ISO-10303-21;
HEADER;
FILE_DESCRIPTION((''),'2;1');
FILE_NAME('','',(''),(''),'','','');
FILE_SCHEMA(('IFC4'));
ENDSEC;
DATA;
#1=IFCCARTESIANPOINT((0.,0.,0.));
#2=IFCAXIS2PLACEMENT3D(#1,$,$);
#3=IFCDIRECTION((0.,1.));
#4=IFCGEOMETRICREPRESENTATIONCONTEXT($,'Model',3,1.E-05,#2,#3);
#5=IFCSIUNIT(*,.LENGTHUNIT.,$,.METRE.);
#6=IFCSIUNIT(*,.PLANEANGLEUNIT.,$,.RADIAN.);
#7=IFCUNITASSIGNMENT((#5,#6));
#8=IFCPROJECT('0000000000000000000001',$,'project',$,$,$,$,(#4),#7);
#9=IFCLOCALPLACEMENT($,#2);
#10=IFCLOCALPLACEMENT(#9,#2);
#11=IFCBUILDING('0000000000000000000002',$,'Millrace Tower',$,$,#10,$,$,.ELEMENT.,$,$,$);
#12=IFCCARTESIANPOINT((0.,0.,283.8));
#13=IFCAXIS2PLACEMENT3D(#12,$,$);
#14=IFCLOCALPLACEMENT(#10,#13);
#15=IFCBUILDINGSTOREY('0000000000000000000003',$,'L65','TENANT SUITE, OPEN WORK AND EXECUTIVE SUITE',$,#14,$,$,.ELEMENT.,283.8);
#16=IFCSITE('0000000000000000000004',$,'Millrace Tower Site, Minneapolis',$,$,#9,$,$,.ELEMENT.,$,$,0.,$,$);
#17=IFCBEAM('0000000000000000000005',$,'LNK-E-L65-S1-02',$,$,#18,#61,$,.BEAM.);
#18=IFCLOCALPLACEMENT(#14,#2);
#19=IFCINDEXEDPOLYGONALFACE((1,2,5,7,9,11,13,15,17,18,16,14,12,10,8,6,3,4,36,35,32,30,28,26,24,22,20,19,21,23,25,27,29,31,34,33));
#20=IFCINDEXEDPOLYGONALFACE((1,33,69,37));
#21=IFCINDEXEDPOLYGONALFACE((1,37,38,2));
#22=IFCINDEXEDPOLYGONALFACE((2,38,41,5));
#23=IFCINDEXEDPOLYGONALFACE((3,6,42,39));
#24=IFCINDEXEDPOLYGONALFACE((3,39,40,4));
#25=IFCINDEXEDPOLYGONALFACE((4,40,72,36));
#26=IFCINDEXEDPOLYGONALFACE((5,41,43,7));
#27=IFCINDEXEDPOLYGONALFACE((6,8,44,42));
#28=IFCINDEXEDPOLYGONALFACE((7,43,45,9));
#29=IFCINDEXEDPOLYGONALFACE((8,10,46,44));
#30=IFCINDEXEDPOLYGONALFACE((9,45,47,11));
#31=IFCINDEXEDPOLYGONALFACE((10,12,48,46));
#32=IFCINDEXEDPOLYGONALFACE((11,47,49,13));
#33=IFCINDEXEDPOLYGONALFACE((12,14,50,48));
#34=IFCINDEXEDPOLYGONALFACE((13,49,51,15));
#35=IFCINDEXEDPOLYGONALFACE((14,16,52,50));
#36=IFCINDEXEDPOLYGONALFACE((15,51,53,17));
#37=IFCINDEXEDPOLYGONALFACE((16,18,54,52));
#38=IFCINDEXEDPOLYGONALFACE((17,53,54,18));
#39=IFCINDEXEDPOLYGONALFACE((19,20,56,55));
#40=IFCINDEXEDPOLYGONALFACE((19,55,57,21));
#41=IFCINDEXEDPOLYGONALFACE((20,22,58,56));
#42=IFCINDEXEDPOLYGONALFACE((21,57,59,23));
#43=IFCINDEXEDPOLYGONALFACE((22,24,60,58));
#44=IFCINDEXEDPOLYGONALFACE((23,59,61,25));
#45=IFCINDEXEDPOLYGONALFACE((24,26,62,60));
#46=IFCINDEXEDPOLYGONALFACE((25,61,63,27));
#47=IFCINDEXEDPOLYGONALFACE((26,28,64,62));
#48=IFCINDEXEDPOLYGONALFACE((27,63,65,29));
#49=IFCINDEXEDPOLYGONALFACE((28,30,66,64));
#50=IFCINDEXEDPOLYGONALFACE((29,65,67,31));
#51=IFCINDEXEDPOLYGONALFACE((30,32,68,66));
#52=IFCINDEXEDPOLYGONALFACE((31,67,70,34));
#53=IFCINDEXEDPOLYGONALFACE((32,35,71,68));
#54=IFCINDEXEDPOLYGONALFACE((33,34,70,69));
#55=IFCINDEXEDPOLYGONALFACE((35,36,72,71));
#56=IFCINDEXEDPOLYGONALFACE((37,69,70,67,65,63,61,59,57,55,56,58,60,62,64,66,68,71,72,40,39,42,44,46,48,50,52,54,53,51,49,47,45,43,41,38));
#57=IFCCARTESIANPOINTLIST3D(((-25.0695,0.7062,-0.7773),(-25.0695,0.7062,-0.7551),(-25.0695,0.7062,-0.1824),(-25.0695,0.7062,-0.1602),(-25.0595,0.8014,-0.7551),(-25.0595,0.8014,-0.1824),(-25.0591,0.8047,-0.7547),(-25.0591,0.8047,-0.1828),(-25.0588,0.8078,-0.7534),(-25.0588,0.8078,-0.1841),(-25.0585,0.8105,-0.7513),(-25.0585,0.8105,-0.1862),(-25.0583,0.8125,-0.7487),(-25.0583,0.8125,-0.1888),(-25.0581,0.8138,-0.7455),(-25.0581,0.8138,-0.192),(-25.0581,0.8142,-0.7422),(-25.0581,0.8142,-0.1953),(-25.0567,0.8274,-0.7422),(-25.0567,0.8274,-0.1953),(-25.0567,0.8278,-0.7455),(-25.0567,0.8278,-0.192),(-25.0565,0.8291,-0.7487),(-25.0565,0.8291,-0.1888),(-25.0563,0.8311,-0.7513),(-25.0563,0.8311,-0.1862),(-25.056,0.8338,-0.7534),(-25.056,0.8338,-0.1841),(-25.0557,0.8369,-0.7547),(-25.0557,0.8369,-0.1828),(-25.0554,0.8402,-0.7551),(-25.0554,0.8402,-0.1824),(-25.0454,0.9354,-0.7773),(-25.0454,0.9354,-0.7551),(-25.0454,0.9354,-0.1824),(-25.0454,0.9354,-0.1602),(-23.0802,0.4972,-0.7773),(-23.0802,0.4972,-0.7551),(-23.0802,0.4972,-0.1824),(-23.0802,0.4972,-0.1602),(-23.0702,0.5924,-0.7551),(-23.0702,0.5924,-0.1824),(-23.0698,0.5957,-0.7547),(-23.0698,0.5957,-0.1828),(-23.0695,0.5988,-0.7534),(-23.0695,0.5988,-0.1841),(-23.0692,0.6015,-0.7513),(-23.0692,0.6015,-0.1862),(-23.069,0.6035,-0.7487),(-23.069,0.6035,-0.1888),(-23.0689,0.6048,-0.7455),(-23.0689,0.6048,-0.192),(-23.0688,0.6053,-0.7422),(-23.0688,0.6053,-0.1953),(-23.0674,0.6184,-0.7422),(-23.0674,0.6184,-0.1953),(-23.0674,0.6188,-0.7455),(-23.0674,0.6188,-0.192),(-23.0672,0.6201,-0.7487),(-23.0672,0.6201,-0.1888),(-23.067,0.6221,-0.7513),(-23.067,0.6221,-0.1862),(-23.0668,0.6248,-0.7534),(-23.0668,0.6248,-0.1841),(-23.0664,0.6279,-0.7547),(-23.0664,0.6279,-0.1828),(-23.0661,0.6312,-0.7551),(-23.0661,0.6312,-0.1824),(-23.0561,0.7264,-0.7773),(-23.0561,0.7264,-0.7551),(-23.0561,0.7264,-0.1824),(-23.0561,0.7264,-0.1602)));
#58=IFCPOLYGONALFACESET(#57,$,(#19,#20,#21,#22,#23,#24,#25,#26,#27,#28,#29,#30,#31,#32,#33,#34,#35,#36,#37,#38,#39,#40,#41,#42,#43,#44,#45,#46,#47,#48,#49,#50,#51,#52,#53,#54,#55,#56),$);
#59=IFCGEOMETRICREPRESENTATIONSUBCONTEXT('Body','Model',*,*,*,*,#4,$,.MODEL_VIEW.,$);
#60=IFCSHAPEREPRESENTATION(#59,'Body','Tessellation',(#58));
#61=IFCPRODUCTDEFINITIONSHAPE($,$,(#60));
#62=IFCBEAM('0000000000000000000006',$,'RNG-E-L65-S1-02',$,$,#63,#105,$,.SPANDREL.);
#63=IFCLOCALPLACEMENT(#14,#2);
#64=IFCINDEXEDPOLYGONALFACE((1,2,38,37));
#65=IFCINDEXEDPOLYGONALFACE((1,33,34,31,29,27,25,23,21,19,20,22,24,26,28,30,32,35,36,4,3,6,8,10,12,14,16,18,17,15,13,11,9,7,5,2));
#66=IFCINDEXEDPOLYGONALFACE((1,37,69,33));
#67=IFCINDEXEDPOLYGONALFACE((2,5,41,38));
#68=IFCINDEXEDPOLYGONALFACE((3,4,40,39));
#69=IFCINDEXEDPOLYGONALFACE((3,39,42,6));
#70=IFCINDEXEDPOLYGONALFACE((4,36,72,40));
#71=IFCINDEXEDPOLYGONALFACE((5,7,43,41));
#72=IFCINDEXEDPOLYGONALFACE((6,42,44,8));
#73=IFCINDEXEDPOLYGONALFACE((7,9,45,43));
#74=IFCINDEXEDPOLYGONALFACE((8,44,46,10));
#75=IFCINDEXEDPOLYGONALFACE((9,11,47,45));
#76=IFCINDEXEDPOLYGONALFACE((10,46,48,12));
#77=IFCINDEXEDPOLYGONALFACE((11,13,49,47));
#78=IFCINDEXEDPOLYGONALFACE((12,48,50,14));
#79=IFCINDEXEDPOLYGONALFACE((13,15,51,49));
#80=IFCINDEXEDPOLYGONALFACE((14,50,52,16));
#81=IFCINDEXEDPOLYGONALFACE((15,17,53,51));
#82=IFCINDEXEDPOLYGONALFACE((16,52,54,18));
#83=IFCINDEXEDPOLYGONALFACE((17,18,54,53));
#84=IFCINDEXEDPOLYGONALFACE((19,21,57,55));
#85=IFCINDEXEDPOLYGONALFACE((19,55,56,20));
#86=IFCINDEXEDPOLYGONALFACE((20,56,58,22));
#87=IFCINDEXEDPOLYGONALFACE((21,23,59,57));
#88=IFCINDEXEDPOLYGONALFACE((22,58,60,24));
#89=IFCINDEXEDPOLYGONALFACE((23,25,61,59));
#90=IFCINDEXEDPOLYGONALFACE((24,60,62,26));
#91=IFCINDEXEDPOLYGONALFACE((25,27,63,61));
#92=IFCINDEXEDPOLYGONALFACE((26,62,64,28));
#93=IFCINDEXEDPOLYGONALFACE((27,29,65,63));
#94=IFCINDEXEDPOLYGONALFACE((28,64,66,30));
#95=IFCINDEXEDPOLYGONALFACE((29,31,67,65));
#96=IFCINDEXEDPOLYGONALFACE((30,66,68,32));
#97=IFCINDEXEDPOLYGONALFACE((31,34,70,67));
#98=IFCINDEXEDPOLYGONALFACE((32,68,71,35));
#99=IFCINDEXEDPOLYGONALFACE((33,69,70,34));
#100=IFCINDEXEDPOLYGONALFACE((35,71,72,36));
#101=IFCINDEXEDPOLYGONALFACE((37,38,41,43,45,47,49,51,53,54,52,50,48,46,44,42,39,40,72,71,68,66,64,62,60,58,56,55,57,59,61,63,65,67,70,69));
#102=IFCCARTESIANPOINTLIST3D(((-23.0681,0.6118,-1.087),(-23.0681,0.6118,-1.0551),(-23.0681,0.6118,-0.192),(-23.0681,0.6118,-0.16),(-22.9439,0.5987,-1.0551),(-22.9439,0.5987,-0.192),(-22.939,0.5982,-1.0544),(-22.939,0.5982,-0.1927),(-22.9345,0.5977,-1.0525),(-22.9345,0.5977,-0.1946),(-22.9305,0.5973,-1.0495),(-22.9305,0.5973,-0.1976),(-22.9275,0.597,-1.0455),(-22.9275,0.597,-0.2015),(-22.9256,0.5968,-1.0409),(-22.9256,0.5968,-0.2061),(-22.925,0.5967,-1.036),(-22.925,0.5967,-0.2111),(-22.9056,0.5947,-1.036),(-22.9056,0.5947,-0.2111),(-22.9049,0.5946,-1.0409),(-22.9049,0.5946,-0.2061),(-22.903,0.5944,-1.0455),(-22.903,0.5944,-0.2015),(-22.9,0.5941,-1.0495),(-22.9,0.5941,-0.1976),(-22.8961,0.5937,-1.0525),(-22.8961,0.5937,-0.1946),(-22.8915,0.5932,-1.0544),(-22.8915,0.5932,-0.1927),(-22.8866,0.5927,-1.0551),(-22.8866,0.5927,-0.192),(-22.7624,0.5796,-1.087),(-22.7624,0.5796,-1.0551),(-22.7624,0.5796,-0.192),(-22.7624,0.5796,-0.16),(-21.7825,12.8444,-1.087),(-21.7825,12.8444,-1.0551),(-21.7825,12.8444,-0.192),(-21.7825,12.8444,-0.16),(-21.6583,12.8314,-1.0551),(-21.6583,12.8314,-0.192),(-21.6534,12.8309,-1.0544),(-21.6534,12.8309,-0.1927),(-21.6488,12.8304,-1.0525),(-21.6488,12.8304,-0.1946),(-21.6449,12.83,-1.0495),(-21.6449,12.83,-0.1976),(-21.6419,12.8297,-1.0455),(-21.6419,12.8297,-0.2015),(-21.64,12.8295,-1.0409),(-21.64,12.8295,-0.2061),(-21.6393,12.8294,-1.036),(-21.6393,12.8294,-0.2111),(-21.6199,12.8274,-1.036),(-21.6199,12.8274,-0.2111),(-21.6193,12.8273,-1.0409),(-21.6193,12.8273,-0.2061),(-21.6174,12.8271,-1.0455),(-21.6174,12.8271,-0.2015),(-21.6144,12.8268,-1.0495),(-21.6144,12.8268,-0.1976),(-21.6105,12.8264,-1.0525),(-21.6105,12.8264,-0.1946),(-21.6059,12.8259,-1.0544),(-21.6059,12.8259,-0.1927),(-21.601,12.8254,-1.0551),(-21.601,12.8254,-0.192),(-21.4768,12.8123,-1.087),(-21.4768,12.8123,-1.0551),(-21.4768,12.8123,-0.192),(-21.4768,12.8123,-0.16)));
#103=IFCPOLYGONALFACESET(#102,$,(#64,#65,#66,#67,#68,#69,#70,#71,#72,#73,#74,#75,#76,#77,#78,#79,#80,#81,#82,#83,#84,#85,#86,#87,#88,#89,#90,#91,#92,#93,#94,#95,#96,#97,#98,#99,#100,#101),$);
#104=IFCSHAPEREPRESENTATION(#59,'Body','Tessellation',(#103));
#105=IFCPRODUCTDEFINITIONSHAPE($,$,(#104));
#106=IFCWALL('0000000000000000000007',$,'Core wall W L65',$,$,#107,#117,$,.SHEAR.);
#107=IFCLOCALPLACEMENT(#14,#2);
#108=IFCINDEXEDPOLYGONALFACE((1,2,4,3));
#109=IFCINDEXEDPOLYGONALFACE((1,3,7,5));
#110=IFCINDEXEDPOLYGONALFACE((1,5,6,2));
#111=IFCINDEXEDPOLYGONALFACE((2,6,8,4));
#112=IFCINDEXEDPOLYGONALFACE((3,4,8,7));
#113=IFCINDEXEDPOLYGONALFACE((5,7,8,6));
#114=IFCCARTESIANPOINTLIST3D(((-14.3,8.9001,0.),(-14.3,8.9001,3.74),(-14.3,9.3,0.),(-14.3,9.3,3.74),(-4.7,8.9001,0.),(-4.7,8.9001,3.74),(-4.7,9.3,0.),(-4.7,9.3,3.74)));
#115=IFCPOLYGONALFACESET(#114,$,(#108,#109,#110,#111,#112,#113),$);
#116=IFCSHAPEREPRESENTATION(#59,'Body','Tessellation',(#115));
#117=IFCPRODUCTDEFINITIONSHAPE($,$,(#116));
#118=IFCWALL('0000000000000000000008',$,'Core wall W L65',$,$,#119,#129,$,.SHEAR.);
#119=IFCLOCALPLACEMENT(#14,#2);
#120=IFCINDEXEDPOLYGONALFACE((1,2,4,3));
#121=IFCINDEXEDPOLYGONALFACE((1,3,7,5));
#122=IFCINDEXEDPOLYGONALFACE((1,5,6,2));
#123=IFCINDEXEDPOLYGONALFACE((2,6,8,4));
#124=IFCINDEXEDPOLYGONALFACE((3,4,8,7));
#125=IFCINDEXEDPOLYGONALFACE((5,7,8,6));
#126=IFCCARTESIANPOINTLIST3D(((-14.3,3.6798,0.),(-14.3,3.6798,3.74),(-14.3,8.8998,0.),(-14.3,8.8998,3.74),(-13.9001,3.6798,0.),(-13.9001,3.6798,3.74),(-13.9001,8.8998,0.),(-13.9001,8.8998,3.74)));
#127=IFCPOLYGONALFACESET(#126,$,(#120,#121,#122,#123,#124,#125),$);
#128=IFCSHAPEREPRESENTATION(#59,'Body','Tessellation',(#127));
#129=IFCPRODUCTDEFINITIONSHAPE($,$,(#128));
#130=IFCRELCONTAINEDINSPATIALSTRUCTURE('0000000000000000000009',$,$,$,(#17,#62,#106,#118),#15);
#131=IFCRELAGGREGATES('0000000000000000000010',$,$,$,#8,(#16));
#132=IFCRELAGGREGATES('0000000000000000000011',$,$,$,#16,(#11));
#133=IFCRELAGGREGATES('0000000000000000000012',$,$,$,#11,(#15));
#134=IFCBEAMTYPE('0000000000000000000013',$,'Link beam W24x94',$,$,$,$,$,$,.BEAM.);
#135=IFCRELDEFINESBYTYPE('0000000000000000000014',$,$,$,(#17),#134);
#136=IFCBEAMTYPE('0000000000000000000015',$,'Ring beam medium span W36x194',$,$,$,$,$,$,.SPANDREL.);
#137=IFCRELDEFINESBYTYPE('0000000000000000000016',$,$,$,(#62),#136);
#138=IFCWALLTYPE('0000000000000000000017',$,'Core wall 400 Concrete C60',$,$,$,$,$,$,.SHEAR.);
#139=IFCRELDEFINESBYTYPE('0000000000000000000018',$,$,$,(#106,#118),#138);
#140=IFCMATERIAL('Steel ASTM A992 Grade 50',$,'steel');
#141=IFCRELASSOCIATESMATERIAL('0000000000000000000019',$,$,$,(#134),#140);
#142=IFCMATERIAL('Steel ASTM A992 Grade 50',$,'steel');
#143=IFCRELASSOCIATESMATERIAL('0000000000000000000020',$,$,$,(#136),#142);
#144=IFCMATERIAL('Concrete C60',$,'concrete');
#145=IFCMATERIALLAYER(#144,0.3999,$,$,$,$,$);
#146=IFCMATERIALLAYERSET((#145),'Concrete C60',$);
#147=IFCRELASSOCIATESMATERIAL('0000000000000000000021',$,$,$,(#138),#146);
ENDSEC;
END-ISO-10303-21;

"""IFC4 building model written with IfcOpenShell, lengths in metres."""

from ifc_helpers import new_model, si_unit, direction, frame, frame_2d, origin, origin_2d, place, context, subcontext, project, spatial, rectangle, i_section, extrude, material, layer, layer_set, material_profile, profile_set, type_object, element, save


model = new_model("IFC4")

# Units and contexts
model_context = context("Model", 3, precision=1e-05, world=origin(), true_north=direction((0.0, 1.0)))
body_context = subcontext(model_context, "Body", "Model", "MODEL_VIEW")
ifc_project = project(units=[si_unit("LENGTHUNIT", "METRE"), si_unit("PLANEANGLEUNIT", "RADIAN")], contexts=[model_context])

# Site, building, storey
site_placement = place(None, origin())
site = spatial("IfcSite", under=ifc_project, at=site_placement, Name="Millrace Tower Site, Minneapolis", CompositionType="ELEMENT", RefElevation=0.0)
building_placement = place(site_placement, origin())
building = spatial("IfcBuilding", under=site, at=building_placement, Name="Millrace Tower", CompositionType="ELEMENT")
storey_placement = place(building_placement, frame((0.0, 0.0, 283.8)))
storey = spatial("IfcBuildingStorey", under=building, at=storey_placement, Name="L65", Description="TENANT SUITE, OPEN WORK AND EXECUTIVE SUITE", CompositionType="ELEMENT", Elevation=283.8)

# Beams
ifc_material_1 = material(Name="Steel ASTM A992 Grade 50", Category="steel")
ifc_material_profile_1 = material_profile(ifc_material_1, i_section(OverallWidth=0.2305, OverallDepth=0.6172, WebThickness=0.0132, FlangeThickness=0.0222, FilletRadius=0.0129, at=origin_2d()))
ifc_profile_set_1 = profile_set([ifc_material_profile_1], Name="Steel ASTM A992 Grade 50")
beam_type_1 = type_object("IfcBeamType", Name="Link beam W24x94", PredefinedType="BEAM", material=ifc_profile_set_1)
beam_1_placement = place(storey_placement, frame((-23.0681, 0.6118, -0.4688), z_axis=(-0.994527, 0.104481, 0.0), x_axis=(-0.104481, -0.994527, 0.0)))
element("IfcBeam", 1, at=beam_1_placement, inside=storey, type_object=beam_type_1, Name="LNK-E-L65-S1-02", PredefinedType="BEAM", context=body_context, shape_type="SweptSolid", body=[
    extrude(i_section(OverallWidth=0.2305, OverallDepth=0.6172, WebThickness=0.0132, FlangeThickness=0.0222, FilletRadius=0.0129, at=origin_2d()), origin(), (0.0, 0.0, 1.0), 2.0002),
])
ifc_material_2 = material(Name="Steel ASTM A992 Grade 50", Category="steel")
ifc_material_profile_2 = material_profile(ifc_material_2, i_section(OverallWidth=0.3074, OverallDepth=0.927, WebThickness=0.0195, FlangeThickness=0.032, FilletRadius=0.019, at=origin_2d()))
ifc_profile_set_2 = profile_set([ifc_material_profile_2], Name="Steel ASTM A992 Grade 50")
beam_type_2 = type_object("IfcBeamType", Name="Ring beam medium span W36x194", PredefinedType="SPANDREL", material=ifc_profile_set_2)
beam_2_placement = place(storey_placement, frame((-22.9153, 0.5957, -0.6235), z_axis=(0.104524, 0.994522, 0.0), x_axis=(-0.994522, 0.104524, 0.0)))
element("IfcBeam", 2, at=beam_2_placement, inside=storey, type_object=beam_type_2, Name="RNG-E-L65-S1-02", PredefinedType="SPANDREL", context=body_context, shape_type="SweptSolid", body=[
    extrude(i_section(OverallWidth=0.3074, OverallDepth=0.927, WebThickness=0.0195, FlangeThickness=0.032, FilletRadius=0.019, at=origin_2d()), origin(), (0.0, 0.0, 1.0), 12.3),
])

# Walls
ifc_material_3 = material(Name="Concrete C60", Category="concrete")
ifc_layer_1 = layer(ifc_material_3, 0.3999)
ifc_layer_set_1 = layer_set([ifc_layer_1], Name="Concrete C60")
wall_type_1 = type_object("IfcWallType", Name="Core wall 400 Concrete C60", PredefinedType="SHEAR", material=ifc_layer_set_1)
wall_1_placement = place(storey_placement, frame((-14.3, 9.1001, 0.0), z_axis=(0.0, 0.0, 1.0), x_axis=(1.0, 0.0, 0.0)))
element("IfcWall", 3, at=wall_1_placement, inside=storey, type_object=wall_type_1, Name="Core wall W L65", PredefinedType="SHEAR", context=body_context, shape_type="SweptSolid", body=[
    extrude(rectangle(XDim=9.6001, YDim=0.3999, at=frame_2d((4.8, 0.0))), origin(), (0.0, 0.0, 1.0), 3.74),
])
wall_2_placement = place(storey_placement, frame((-14.1001, 3.6799, 0.0), z_axis=(0.0, 0.0, 1.0), x_axis=(0.0, 1.0, 0.0)))
element("IfcWall", 4, at=wall_2_placement, inside=storey, type_object=wall_type_1, Name="Core wall W L65", PredefinedType="SHEAR", context=body_context, shape_type="SweptSolid", body=[
    extrude(rectangle(XDim=5.22, YDim=0.3999, at=frame_2d((2.6099, 0.0))), origin(), (0.0, 0.0, 1.0), 3.74),
])

save(model, "model.ifc")
